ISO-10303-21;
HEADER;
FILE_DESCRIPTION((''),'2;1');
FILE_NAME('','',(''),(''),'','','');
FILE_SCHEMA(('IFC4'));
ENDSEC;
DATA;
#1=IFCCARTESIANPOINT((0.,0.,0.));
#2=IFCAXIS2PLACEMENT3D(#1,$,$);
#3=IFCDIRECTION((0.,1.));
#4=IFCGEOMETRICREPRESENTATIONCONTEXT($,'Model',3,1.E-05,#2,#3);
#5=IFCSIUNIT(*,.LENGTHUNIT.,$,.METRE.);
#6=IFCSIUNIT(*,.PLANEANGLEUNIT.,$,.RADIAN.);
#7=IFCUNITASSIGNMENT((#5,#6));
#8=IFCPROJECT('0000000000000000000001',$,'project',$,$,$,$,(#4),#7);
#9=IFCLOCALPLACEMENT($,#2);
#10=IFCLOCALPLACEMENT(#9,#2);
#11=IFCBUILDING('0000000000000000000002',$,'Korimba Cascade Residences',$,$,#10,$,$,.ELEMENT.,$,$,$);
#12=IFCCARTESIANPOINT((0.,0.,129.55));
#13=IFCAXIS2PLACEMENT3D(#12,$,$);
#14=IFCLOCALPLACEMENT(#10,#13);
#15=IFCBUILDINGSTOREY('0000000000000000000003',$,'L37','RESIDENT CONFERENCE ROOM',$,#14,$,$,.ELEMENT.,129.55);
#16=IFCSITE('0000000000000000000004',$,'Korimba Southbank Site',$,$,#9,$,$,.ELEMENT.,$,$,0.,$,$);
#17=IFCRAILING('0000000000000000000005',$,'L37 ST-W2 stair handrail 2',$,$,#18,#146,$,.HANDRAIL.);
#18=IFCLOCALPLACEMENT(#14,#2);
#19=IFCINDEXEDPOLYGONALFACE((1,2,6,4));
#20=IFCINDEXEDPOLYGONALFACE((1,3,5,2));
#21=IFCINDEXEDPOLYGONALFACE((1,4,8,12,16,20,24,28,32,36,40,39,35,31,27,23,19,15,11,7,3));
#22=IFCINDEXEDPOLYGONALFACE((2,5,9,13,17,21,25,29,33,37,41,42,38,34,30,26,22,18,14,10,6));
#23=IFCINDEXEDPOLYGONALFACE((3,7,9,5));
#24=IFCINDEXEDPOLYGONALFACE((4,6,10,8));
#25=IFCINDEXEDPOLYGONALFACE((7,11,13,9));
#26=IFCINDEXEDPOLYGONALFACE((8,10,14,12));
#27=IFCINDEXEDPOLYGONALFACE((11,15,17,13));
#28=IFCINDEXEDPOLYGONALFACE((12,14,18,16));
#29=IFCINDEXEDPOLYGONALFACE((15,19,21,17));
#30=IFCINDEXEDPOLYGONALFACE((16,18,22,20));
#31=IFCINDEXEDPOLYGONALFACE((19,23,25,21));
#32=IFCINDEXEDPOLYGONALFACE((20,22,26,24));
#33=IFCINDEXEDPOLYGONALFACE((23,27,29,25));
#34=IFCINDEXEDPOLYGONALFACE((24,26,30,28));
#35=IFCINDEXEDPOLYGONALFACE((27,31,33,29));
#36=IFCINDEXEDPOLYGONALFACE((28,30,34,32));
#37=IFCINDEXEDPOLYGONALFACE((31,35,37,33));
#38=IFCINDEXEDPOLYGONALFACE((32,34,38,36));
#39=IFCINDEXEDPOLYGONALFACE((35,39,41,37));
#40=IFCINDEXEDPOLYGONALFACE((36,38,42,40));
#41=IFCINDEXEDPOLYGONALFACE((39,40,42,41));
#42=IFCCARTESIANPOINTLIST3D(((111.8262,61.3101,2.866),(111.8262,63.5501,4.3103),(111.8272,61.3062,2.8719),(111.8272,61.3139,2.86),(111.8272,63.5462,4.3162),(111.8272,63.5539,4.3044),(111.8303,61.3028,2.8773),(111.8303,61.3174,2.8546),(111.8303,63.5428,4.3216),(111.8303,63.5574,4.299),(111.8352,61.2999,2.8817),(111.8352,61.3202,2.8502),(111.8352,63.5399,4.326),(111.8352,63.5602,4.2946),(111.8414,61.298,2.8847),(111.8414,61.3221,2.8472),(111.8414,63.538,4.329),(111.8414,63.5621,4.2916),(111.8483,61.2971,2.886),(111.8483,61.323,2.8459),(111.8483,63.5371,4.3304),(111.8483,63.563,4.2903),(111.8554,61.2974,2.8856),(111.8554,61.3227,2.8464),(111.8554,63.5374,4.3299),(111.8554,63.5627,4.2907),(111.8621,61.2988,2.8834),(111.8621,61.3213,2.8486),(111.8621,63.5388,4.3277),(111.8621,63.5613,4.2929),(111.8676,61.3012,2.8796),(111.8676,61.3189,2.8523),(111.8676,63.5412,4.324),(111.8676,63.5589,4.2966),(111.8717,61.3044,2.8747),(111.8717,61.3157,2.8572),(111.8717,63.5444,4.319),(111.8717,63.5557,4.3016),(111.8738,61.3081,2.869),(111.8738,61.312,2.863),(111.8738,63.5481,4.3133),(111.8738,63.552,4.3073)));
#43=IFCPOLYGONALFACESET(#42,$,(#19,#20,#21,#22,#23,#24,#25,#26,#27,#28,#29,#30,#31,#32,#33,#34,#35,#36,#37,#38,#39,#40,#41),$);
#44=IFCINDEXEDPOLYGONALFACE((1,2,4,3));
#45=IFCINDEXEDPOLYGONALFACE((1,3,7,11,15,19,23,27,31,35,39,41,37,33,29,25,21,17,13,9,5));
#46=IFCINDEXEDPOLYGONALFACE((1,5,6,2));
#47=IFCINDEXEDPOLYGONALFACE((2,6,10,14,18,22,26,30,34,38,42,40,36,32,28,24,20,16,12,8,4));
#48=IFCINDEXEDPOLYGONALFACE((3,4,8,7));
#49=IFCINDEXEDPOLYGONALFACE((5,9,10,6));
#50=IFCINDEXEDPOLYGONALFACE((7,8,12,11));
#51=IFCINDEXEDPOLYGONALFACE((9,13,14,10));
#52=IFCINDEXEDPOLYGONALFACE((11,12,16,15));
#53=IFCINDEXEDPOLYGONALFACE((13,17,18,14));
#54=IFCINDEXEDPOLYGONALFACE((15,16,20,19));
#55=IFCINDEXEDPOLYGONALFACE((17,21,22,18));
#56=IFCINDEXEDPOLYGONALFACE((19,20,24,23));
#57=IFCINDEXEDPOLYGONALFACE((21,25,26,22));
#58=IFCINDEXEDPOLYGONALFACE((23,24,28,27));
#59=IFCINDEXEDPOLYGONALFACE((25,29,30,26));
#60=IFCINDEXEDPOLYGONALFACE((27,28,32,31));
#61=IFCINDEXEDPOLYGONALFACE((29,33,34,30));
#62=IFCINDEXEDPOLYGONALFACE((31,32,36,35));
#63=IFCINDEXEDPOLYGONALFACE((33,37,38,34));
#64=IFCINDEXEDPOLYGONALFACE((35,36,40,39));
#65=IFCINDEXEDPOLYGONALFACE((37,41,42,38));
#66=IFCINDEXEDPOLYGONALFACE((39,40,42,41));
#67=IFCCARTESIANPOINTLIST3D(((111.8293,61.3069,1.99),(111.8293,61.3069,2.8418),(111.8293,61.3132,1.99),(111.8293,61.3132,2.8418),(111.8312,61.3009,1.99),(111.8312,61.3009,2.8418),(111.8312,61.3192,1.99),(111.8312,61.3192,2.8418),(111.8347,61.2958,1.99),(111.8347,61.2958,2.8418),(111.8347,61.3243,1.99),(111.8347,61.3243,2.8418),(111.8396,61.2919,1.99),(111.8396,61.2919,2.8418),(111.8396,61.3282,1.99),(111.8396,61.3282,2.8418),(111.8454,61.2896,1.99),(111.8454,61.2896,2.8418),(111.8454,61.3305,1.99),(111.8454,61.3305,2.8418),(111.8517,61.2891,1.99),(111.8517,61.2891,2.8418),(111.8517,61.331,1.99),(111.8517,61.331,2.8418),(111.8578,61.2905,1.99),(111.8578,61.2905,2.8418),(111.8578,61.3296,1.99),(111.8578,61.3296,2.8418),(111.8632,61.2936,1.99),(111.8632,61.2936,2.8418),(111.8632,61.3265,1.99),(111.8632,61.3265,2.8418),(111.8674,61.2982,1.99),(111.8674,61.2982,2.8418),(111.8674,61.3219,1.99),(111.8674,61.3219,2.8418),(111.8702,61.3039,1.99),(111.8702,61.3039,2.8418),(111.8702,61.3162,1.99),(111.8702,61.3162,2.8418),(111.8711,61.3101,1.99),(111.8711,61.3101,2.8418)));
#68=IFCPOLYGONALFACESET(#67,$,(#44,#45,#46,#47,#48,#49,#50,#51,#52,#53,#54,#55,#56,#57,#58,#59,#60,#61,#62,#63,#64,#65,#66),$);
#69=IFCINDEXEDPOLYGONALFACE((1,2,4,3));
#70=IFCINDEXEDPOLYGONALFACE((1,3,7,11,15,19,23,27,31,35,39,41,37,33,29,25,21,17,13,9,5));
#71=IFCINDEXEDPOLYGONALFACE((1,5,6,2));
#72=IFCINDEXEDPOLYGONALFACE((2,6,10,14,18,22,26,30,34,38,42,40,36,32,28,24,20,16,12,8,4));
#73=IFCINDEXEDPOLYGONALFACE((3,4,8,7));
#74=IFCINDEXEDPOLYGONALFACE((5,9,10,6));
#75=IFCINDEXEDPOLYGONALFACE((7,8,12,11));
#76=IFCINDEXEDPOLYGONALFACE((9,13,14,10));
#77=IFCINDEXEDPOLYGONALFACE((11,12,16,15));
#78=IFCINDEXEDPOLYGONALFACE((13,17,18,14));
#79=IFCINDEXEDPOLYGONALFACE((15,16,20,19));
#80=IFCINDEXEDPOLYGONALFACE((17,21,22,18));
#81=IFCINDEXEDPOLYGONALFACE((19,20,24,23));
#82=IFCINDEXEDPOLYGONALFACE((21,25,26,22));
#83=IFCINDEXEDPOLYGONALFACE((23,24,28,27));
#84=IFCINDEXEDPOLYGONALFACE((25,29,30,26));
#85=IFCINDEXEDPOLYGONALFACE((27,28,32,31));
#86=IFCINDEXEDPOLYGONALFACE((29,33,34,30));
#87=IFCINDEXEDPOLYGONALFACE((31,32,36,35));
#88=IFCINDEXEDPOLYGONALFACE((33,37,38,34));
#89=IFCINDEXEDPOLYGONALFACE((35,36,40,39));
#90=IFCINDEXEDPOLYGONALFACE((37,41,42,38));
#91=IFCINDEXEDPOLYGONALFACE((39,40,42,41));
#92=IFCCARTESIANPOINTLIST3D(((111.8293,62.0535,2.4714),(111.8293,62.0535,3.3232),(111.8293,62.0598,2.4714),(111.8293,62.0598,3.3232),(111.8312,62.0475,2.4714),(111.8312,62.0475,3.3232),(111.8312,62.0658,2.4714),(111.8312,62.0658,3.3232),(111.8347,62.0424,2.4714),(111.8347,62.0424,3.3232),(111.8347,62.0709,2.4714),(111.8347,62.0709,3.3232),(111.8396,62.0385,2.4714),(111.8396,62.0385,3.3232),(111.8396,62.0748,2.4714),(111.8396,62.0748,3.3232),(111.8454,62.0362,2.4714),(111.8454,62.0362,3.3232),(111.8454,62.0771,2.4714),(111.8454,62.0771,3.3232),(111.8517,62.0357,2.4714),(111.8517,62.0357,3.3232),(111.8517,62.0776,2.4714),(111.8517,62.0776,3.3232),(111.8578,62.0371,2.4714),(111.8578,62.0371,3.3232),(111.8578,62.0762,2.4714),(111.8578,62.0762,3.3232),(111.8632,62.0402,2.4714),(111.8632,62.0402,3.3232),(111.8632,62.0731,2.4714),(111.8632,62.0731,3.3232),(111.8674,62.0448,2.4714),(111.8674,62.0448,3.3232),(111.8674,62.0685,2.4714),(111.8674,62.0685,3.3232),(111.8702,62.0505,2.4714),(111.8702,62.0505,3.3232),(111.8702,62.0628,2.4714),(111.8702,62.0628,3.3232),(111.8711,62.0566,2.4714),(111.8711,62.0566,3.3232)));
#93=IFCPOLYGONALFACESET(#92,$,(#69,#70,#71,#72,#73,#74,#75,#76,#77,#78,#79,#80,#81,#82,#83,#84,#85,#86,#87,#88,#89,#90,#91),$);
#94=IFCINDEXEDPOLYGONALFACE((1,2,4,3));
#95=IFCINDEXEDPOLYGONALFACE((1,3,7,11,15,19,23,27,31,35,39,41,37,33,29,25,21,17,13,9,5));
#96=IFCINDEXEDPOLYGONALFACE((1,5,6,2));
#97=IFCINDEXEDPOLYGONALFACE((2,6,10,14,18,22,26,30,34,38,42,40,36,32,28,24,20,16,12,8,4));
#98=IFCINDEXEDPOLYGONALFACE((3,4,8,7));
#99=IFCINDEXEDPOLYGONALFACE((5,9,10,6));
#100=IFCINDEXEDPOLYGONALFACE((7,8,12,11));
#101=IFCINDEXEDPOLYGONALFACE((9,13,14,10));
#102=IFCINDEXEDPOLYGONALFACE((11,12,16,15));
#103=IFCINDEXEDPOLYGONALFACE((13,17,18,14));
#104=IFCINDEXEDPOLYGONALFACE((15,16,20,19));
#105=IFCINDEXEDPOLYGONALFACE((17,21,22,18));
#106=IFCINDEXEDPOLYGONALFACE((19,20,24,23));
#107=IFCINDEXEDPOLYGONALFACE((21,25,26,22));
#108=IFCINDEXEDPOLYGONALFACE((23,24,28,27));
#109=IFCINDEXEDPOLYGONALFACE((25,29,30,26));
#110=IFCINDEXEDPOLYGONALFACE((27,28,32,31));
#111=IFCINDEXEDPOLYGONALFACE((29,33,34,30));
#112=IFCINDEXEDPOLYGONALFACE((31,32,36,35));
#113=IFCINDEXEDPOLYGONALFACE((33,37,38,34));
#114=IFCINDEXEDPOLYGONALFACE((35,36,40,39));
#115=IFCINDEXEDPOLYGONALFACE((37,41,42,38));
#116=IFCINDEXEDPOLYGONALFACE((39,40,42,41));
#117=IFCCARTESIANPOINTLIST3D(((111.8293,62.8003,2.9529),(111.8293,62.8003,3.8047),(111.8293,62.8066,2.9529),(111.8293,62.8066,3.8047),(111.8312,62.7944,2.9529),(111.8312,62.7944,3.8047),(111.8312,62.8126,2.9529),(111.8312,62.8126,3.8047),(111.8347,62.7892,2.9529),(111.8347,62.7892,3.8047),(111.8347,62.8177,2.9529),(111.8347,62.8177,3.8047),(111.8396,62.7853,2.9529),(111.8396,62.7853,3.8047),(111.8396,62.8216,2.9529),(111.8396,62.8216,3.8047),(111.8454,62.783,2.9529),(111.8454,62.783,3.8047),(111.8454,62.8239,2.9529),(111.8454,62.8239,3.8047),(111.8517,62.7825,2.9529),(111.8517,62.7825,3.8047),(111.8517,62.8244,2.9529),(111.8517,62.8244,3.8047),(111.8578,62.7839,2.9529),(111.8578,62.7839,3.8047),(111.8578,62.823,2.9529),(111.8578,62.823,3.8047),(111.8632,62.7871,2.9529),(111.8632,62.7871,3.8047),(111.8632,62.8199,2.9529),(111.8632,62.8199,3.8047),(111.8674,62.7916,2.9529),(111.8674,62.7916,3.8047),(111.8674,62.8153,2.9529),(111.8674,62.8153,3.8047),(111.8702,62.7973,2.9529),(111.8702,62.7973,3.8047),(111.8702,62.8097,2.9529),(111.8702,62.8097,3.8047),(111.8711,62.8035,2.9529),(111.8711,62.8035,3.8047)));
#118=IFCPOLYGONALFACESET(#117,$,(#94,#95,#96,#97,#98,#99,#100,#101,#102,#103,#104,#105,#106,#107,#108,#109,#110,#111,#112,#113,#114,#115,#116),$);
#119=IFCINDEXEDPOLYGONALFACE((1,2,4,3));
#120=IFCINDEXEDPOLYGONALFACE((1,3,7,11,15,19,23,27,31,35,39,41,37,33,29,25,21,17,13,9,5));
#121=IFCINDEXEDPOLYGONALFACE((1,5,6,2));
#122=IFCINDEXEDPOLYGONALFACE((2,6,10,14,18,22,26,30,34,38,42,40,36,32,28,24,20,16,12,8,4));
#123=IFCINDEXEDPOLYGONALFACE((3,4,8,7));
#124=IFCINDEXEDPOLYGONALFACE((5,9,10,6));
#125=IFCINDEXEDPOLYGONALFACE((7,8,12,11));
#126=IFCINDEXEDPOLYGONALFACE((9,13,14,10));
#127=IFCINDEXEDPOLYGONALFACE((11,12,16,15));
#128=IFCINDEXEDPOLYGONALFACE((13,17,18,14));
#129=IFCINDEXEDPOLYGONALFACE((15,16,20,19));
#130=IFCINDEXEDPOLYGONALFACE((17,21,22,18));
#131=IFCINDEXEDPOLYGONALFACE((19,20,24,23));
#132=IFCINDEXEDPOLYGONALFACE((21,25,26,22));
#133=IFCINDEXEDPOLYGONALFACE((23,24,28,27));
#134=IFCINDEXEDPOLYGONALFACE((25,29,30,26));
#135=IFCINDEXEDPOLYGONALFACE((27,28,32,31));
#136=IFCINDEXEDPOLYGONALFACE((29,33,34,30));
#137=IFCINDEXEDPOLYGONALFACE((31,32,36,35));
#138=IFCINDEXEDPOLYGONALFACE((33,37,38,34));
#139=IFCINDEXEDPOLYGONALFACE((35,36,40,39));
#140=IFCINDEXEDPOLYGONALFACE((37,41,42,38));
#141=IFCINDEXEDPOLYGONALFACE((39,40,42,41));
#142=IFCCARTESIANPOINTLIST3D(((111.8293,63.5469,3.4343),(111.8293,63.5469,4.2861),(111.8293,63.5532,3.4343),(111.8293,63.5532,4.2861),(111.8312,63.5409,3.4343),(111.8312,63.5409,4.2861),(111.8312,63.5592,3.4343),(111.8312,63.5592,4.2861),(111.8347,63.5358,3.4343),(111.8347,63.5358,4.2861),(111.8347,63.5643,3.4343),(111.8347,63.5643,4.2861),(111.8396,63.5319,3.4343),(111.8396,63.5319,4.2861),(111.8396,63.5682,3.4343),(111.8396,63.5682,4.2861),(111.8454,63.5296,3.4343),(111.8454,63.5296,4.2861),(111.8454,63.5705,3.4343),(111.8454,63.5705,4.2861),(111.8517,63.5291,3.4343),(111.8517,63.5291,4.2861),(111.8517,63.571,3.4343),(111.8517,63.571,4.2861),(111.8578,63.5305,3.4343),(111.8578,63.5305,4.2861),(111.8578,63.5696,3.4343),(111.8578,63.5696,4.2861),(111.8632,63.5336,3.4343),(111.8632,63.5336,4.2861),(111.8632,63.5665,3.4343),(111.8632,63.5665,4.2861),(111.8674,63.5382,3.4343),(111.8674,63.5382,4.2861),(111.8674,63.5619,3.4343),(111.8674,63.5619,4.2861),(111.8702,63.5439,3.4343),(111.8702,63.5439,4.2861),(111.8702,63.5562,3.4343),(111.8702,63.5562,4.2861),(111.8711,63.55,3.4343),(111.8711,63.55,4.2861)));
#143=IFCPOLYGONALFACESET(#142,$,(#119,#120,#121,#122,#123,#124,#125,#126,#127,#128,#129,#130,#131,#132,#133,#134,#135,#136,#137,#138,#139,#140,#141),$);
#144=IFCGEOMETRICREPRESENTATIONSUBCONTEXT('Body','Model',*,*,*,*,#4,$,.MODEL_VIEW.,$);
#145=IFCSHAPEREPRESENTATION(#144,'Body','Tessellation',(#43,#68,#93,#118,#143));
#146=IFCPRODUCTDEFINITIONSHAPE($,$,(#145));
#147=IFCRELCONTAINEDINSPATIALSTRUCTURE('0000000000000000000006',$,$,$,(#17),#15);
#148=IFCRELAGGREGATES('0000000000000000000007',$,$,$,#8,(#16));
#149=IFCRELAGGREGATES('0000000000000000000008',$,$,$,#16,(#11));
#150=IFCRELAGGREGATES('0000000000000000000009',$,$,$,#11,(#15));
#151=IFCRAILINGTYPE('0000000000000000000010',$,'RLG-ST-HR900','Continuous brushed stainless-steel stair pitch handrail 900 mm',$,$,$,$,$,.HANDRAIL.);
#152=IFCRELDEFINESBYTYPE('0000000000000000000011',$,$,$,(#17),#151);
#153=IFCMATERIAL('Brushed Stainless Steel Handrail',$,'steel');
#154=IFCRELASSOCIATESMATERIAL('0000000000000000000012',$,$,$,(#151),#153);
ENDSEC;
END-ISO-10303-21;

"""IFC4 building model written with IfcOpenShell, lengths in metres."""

from ifc_helpers import new_model, si_unit, direction, frame, origin, origin_2d, place, context, subcontext, project, spatial, circle, extrude, material, type_object, element, save


model = new_model("IFC4")

# Units and contexts
model_context = context("Model", 3, precision=1e-05, world=origin(), true_north=direction((0.0, 1.0)))
body_context = subcontext(model_context, "Body", "Model", "MODEL_VIEW")
ifc_project = project(units=[si_unit("LENGTHUNIT", "METRE"), si_unit("PLANEANGLEUNIT", "RADIAN")], contexts=[model_context])

# Site, building, storey
site_placement = place(None, origin())
site = spatial("IfcSite", under=ifc_project, at=site_placement, Name="Korimba Southbank Site", CompositionType="ELEMENT", RefElevation=0.0)
building_placement = place(site_placement, origin())
building = spatial("IfcBuilding", under=site, at=building_placement, Name="Korimba Cascade Residences", CompositionType="ELEMENT")
storey_placement = place(building_placement, frame((0.0, 0.0, 129.55)))
storey = spatial("IfcBuildingStorey", under=building, at=storey_placement, Name="L37", Description="RESIDENT CONFERENCE ROOM", CompositionType="ELEMENT", Elevation=129.55)

# Railing
ifc_material_1 = material(Name="Brushed Stainless Steel Handrail", Category="steel")
railing_type_1 = type_object("IfcRailingType", Name="RLG-ST-HR900", Description="Continuous brushed stainless-steel stair pitch handrail 900 mm", PredefinedType="HANDRAIL", material=ifc_material_1)
railing_1_placement = place(storey_placement, frame((111.8501, 61.3101, 1.99)))
element("IfcRailing", 1, at=railing_1_placement, inside=storey, type_object=railing_type_1, Name="L37 ST-W2 stair handrail 2", PredefinedType="HANDRAIL", context=body_context, shape_type="SweptSolid", body=[
    extrude(circle(Radius=0.0239, at=origin_2d()), frame((0.0, 0.0, 0.876), z_axis=(0.0, 0.840437, 0.54191), x_axis=(-1.0, 0.0, 0.0)), (0.0, 0.0, 1.0), 2.6653),
    extrude(circle(Radius=0.021, at=origin_2d()), origin(), (0.0, 0.0, 1.0), 0.8518),
    extrude(circle(Radius=0.021, at=origin_2d()), frame((0.0, 0.7466, 0.4814)), (0.0, 0.0, 1.0), 0.8518),
    extrude(circle(Radius=0.021, at=origin_2d()), frame((0.0, 1.4934, 0.9629)), (0.0, 0.0, 1.0), 0.8518),
    extrude(circle(Radius=0.021, at=origin_2d()), frame((0.0, 2.24, 1.4443)), (0.0, 0.0, 1.0), 0.8518),
])

save(model, "model.ifc")
